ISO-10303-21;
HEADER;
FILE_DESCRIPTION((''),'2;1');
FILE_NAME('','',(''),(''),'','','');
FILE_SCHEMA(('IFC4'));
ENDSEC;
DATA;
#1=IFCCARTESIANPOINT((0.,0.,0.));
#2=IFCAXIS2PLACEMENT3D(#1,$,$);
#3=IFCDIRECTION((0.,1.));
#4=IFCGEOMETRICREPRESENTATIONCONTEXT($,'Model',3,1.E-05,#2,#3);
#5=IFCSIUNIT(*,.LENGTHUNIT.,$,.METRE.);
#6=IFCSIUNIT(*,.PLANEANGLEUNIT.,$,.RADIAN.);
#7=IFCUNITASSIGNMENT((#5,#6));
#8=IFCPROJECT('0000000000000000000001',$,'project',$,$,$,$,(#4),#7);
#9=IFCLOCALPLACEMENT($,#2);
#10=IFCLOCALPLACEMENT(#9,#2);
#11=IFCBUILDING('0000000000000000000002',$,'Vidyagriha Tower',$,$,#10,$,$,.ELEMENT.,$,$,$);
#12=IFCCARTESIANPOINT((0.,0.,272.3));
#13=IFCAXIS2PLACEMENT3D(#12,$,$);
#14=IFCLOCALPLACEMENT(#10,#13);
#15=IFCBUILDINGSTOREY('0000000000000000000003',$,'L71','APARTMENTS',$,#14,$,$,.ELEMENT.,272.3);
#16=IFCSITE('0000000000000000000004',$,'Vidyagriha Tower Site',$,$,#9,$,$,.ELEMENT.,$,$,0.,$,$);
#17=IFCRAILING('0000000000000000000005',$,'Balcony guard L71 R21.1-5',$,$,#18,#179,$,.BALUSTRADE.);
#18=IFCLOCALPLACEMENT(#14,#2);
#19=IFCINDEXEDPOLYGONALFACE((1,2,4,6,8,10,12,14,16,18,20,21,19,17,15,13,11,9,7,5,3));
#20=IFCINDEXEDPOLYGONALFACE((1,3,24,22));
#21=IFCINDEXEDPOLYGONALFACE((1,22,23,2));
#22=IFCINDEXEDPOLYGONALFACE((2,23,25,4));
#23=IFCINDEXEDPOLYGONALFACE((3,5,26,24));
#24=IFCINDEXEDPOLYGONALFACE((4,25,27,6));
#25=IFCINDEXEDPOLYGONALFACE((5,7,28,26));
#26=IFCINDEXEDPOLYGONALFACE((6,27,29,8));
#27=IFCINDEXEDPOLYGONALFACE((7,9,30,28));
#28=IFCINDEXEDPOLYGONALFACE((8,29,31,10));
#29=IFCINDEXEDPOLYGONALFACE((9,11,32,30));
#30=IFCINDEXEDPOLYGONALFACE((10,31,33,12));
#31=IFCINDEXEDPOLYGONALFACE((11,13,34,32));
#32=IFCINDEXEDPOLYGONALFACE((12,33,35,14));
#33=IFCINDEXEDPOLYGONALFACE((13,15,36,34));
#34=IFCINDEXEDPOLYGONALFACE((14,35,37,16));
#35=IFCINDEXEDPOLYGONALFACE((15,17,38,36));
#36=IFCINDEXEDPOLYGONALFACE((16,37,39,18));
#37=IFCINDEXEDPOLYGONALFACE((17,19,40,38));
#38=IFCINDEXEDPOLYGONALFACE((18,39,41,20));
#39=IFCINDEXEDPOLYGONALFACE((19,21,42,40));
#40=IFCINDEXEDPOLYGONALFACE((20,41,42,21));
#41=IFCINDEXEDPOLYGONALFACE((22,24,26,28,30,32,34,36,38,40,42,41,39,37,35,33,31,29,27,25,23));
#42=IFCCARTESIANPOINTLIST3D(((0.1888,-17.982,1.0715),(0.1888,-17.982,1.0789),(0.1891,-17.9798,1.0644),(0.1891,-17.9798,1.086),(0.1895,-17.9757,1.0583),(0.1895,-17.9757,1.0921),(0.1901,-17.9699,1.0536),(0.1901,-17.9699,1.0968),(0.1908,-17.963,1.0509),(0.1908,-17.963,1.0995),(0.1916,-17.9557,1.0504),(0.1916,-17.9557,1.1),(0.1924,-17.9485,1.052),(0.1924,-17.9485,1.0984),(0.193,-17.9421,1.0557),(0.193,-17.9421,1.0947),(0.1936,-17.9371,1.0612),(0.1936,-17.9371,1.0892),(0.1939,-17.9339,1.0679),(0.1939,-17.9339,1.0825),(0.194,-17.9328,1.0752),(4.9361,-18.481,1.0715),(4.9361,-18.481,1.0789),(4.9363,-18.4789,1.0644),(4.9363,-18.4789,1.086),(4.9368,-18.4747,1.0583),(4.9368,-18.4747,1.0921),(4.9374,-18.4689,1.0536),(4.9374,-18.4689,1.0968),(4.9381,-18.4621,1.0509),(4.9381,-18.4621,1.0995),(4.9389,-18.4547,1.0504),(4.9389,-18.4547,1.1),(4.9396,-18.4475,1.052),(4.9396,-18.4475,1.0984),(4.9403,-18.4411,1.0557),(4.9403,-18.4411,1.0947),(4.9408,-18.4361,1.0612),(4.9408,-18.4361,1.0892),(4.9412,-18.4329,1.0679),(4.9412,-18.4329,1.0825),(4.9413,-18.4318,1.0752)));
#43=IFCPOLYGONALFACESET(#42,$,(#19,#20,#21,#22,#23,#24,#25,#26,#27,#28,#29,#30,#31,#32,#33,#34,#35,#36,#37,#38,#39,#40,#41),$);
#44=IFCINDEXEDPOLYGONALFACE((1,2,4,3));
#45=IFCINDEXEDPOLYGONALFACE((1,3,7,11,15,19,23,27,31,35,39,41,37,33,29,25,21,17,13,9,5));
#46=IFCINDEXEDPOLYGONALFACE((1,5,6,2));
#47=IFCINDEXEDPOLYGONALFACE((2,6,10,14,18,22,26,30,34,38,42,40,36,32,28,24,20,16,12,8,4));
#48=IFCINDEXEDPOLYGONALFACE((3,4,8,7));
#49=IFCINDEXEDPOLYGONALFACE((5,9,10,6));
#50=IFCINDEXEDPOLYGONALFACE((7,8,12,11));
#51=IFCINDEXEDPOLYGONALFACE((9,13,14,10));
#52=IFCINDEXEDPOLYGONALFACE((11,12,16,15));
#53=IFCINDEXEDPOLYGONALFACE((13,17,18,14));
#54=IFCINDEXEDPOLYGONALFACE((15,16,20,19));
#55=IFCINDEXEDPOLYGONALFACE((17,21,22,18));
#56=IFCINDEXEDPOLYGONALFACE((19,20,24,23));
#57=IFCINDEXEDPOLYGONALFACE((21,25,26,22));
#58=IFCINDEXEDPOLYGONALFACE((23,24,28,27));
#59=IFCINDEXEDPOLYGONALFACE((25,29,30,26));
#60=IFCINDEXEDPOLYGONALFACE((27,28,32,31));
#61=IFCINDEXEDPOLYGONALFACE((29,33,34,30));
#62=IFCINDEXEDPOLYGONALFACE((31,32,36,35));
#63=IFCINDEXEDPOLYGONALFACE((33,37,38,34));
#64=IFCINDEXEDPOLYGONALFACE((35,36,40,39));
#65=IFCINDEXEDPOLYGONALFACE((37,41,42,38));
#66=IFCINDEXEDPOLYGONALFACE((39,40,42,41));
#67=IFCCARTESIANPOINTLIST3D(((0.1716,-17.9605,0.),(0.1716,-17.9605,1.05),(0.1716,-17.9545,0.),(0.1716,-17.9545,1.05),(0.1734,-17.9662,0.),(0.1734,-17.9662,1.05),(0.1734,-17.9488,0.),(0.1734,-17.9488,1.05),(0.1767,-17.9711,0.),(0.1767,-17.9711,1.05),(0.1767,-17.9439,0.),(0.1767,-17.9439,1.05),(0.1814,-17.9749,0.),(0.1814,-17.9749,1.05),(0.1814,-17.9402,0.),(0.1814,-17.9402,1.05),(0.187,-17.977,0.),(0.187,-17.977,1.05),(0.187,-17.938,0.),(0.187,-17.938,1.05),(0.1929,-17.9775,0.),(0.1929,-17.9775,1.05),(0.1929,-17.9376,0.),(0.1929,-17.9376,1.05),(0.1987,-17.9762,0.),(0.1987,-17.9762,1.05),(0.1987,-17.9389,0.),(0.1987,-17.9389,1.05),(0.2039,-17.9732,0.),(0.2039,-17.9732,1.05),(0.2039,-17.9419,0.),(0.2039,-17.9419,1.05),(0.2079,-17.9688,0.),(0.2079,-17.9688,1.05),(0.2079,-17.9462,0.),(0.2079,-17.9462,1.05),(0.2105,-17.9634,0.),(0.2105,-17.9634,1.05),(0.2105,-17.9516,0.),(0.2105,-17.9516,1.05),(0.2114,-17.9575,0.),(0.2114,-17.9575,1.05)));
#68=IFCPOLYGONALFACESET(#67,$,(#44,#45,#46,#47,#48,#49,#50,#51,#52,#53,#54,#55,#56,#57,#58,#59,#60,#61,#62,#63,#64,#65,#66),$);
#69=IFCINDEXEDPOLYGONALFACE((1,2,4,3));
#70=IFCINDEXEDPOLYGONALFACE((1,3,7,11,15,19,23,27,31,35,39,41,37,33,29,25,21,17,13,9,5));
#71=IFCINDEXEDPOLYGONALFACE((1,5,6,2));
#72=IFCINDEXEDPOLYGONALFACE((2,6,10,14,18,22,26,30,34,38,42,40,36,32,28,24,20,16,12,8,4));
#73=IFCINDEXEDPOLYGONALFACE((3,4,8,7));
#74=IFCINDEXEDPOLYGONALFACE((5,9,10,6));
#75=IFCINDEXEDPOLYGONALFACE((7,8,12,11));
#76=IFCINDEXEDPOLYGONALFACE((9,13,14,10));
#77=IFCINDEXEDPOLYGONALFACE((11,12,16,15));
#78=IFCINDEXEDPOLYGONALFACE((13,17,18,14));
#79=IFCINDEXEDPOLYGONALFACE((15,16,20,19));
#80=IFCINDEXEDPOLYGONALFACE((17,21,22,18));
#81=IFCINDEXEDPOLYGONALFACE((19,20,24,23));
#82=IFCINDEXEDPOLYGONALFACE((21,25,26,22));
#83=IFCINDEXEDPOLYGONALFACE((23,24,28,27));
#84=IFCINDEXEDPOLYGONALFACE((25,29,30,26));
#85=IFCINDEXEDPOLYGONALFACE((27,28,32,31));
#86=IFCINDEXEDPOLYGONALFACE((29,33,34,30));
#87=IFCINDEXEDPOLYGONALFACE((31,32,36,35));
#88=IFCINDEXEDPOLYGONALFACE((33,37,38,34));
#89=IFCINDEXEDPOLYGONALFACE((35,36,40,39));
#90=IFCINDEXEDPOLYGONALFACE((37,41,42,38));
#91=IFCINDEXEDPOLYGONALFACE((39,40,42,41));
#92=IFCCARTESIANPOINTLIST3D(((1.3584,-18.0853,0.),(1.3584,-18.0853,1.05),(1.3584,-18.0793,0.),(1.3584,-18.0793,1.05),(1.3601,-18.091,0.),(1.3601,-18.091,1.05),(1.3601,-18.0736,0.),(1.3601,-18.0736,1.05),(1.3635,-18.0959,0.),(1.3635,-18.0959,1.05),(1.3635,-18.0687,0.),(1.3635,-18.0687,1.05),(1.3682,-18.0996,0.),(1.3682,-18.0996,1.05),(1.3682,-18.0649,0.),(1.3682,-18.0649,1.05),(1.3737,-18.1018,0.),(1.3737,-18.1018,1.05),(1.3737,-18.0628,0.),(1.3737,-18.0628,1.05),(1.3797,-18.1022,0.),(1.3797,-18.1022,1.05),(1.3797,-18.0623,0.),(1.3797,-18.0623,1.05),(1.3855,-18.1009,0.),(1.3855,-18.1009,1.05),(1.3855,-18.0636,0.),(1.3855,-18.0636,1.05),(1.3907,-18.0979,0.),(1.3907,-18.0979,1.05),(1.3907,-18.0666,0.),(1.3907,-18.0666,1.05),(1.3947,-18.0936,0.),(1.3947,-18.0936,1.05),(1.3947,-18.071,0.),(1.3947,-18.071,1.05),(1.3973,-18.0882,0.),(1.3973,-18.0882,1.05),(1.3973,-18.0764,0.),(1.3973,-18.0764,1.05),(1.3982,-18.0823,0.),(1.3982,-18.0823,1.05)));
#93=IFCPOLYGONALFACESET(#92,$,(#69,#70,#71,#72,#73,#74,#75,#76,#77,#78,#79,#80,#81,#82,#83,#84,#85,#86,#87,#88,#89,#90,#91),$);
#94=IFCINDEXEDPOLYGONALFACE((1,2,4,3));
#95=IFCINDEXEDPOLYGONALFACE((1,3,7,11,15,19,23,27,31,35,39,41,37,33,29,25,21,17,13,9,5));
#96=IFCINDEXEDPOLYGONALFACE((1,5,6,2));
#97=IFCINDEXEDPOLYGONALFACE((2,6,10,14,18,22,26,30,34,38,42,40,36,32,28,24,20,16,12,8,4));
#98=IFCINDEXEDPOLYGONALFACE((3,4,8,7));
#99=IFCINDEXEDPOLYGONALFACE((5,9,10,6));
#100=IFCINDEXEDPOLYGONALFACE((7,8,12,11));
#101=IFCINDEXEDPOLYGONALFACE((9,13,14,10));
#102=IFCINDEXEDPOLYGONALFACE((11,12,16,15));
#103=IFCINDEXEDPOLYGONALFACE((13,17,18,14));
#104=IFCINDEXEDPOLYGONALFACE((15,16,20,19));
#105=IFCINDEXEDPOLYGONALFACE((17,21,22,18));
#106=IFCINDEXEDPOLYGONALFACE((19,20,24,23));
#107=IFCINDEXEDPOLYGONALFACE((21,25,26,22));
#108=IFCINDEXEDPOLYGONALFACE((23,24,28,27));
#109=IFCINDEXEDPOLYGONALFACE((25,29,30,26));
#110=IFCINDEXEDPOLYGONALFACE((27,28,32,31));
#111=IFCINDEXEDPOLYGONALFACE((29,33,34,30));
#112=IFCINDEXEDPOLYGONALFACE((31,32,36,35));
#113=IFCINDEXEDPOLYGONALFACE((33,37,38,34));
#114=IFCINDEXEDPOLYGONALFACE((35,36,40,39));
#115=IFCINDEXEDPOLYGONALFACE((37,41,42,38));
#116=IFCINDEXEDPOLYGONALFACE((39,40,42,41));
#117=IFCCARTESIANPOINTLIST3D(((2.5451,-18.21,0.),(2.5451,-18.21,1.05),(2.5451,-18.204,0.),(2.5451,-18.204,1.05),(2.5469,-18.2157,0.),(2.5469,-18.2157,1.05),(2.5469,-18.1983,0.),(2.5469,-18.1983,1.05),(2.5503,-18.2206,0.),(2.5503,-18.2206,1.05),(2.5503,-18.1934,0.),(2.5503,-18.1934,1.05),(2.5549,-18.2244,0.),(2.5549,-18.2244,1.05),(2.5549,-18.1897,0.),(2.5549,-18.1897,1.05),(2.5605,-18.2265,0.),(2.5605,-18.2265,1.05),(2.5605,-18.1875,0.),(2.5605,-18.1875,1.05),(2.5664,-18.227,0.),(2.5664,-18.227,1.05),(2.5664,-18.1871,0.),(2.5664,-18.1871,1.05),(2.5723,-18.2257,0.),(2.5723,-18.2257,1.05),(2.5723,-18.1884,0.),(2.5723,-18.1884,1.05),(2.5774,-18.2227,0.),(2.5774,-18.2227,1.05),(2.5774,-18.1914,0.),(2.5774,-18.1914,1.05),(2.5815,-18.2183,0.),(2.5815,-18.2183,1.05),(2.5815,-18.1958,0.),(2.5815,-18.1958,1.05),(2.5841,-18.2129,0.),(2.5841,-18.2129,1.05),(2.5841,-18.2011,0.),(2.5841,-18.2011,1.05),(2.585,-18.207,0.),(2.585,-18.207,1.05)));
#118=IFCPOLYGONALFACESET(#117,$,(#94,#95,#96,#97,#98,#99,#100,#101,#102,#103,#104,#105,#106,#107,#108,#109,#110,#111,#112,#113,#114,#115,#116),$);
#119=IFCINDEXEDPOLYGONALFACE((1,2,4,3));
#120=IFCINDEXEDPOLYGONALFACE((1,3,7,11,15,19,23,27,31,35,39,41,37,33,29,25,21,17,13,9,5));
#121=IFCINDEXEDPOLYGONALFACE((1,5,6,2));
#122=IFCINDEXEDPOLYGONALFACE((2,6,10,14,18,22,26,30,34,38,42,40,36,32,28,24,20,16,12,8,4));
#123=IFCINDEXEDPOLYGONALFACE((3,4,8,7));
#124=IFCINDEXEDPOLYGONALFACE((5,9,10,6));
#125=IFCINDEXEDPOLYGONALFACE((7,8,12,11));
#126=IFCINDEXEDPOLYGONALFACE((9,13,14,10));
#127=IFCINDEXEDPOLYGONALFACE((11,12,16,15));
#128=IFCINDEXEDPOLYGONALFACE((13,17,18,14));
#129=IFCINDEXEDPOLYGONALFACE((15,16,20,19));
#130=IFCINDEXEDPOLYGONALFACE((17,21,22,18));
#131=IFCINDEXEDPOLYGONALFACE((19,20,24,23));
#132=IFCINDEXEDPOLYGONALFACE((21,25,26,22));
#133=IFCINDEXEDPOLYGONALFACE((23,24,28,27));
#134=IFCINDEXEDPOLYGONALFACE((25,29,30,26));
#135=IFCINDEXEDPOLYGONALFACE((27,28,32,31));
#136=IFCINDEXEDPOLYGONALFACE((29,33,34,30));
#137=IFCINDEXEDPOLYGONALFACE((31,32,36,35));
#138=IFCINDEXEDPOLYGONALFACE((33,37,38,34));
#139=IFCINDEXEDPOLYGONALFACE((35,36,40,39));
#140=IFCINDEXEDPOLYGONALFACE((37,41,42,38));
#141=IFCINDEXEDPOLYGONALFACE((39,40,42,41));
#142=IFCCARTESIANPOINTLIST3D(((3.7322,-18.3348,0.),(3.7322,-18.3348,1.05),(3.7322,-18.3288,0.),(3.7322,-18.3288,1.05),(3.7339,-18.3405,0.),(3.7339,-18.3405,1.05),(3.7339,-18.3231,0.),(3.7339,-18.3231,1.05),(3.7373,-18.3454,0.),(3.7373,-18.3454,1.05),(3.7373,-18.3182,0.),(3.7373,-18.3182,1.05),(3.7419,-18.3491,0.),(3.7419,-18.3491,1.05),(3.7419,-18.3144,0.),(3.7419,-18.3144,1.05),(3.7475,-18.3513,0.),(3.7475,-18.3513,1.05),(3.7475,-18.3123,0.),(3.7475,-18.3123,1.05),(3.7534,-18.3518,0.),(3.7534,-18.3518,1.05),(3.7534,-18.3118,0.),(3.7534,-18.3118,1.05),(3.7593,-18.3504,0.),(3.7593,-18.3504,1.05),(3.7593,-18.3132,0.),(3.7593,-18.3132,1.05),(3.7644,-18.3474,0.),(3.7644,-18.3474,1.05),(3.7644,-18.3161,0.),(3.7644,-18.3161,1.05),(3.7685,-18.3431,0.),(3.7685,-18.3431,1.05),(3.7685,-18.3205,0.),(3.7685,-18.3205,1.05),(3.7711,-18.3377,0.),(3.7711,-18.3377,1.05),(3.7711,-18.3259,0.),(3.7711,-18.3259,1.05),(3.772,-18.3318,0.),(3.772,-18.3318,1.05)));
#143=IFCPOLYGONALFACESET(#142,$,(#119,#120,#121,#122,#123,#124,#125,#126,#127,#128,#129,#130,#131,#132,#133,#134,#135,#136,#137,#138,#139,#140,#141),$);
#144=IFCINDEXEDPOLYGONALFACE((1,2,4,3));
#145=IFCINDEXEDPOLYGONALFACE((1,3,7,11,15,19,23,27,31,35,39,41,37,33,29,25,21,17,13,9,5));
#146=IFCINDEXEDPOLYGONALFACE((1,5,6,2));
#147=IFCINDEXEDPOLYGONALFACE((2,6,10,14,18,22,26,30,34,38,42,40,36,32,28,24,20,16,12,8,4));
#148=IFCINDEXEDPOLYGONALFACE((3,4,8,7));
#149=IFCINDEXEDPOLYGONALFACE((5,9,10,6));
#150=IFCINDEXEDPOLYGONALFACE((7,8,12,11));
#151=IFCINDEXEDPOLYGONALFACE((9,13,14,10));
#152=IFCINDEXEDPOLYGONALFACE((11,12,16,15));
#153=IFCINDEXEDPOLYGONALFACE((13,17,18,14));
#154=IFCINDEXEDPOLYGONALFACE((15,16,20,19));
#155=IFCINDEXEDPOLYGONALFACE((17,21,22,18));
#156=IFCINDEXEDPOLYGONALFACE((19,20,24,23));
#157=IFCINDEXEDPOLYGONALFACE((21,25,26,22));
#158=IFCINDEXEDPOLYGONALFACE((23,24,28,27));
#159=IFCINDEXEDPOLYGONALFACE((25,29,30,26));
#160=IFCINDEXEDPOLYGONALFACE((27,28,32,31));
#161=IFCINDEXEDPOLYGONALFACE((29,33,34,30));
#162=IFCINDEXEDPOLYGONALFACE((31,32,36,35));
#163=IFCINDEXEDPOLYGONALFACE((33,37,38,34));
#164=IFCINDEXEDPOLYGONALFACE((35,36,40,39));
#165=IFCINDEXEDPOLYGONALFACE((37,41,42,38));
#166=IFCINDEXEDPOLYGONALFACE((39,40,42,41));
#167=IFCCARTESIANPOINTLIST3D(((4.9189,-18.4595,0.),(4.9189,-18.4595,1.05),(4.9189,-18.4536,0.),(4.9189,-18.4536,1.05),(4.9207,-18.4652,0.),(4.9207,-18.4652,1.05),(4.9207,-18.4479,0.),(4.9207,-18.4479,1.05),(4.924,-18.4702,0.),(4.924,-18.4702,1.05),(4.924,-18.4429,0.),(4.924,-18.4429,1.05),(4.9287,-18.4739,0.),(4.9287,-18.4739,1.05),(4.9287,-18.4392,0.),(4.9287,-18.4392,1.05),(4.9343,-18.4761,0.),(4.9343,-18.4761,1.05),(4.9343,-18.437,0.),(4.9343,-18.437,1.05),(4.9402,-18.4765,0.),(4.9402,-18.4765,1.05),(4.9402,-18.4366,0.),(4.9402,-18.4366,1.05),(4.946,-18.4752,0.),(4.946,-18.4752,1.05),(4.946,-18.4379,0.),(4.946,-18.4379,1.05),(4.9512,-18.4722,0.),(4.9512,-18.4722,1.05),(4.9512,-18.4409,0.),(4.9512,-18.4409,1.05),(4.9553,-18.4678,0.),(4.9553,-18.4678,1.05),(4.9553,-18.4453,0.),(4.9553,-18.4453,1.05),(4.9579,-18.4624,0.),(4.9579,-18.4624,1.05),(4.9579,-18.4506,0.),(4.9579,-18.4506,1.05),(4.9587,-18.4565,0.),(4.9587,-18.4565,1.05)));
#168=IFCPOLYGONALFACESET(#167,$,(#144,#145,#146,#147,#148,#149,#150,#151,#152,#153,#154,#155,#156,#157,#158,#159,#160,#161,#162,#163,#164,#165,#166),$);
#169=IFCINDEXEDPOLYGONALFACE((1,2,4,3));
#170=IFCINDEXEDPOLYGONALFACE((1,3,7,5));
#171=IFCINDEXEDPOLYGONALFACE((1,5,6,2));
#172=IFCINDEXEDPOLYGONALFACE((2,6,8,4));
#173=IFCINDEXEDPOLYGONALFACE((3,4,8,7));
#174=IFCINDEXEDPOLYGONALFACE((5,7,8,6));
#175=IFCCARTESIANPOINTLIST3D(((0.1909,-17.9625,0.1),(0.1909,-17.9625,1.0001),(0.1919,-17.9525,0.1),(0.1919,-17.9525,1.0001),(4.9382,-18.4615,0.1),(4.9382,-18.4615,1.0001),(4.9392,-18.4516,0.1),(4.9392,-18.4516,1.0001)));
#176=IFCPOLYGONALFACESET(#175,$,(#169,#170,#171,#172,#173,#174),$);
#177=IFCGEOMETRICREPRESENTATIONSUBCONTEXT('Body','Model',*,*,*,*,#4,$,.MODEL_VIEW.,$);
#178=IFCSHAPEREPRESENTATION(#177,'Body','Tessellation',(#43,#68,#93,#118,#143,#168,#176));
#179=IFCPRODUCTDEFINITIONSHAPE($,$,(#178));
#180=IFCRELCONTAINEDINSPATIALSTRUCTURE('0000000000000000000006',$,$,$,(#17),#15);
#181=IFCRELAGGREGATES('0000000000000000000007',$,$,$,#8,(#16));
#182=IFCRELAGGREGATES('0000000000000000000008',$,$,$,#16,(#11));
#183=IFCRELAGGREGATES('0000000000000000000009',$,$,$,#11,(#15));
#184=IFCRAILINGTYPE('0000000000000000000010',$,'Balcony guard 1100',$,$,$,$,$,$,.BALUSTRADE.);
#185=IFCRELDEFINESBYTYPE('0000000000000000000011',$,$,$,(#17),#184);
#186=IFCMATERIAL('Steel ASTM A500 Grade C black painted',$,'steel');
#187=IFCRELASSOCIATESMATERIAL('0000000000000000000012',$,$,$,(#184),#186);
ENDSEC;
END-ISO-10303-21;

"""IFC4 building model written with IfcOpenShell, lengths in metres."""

from ifc_helpers import new_model, si_unit, direction, frame, origin, origin_2d, place, context, subcontext, project, spatial, rectangle, circle, extrude, material, type_object, element, save


model = new_model("IFC4")

# Units and contexts
model_context = context("Model", 3, precision=1e-05, world=origin(), true_north=direction((0.0, 1.0)))
body_context = subcontext(model_context, "Body", "Model", "MODEL_VIEW")
ifc_project = project(units=[si_unit("LENGTHUNIT", "METRE"), si_unit("PLANEANGLEUNIT", "RADIAN")], contexts=[model_context])

# Site, building, storey
site_placement = place(None, origin())
site = spatial("IfcSite", under=ifc_project, at=site_placement, Name="Vidyagriha Tower Site", CompositionType="ELEMENT", RefElevation=0.0)
building_placement = place(site_placement, origin())
building = spatial("IfcBuilding", under=site, at=building_placement, Name="Vidyagriha Tower", CompositionType="ELEMENT")
storey_placement = place(building_placement, frame((0.0, 0.0, 272.3)))
storey = spatial("IfcBuildingStorey", under=building, at=storey_placement, Name="L71", Description="APARTMENTS", CompositionType="ELEMENT", Elevation=272.3)

# Railing
ifc_material_1 = material(Name="Steel ASTM A500 Grade C black painted", Category="steel")
railing_type = type_object("IfcRailingType", Name="Balcony guard 1100", PredefinedType="BALUSTRADE", material=ifc_material_1)
railing_1_placement = place(storey_placement, frame((0.1914, -17.9575, 0.0)))
element("IfcRailing", 1, at=railing_1_placement, inside=storey, type_object=railing_type, Name="Balcony guard L71 R21.1-5", PredefinedType="BALUSTRADE", context=body_context, shape_type="SweptSolid", body=[
    extrude(circle(Radius=0.0249, at=origin_2d()), frame((0.0, 0.0, 1.0752), z_axis=(0.994521, -0.104541, 0.0), x_axis=(0.104541, 0.994521, 0.0)), (0.0, 0.0, 1.0), 4.7734),
    extrude(circle(Radius=0.02, at=origin_2d()), origin(), (0.0, 0.0, 1.0), 1.05),
    extrude(circle(Radius=0.02, at=origin_2d()), frame((1.1868, -0.1248, 0.0)), (0.0, 0.0, 1.0), 1.05),
    extrude(circle(Radius=0.02, at=origin_2d()), frame((2.3735, -0.2495, 0.0)), (0.0, 0.0, 1.0), 1.05),
    extrude(circle(Radius=0.02, at=origin_2d()), frame((3.5605, -0.3743, 0.0)), (0.0, 0.0, 1.0), 1.05),
    extrude(circle(Radius=0.02, at=origin_2d()), frame((4.7473, -0.499, 0.0)), (0.0, 0.0, 1.0), 1.05),
    extrude(rectangle(XDim=0.01, YDim=0.9001, at=origin_2d()), frame((0.0, 0.0, 0.55), z_axis=(0.994521, -0.104541, 0.0), x_axis=(0.104541, 0.994521, 0.0)), (0.0, 0.0, 1.0), 4.7734),
])

save(model, "model.ifc")
